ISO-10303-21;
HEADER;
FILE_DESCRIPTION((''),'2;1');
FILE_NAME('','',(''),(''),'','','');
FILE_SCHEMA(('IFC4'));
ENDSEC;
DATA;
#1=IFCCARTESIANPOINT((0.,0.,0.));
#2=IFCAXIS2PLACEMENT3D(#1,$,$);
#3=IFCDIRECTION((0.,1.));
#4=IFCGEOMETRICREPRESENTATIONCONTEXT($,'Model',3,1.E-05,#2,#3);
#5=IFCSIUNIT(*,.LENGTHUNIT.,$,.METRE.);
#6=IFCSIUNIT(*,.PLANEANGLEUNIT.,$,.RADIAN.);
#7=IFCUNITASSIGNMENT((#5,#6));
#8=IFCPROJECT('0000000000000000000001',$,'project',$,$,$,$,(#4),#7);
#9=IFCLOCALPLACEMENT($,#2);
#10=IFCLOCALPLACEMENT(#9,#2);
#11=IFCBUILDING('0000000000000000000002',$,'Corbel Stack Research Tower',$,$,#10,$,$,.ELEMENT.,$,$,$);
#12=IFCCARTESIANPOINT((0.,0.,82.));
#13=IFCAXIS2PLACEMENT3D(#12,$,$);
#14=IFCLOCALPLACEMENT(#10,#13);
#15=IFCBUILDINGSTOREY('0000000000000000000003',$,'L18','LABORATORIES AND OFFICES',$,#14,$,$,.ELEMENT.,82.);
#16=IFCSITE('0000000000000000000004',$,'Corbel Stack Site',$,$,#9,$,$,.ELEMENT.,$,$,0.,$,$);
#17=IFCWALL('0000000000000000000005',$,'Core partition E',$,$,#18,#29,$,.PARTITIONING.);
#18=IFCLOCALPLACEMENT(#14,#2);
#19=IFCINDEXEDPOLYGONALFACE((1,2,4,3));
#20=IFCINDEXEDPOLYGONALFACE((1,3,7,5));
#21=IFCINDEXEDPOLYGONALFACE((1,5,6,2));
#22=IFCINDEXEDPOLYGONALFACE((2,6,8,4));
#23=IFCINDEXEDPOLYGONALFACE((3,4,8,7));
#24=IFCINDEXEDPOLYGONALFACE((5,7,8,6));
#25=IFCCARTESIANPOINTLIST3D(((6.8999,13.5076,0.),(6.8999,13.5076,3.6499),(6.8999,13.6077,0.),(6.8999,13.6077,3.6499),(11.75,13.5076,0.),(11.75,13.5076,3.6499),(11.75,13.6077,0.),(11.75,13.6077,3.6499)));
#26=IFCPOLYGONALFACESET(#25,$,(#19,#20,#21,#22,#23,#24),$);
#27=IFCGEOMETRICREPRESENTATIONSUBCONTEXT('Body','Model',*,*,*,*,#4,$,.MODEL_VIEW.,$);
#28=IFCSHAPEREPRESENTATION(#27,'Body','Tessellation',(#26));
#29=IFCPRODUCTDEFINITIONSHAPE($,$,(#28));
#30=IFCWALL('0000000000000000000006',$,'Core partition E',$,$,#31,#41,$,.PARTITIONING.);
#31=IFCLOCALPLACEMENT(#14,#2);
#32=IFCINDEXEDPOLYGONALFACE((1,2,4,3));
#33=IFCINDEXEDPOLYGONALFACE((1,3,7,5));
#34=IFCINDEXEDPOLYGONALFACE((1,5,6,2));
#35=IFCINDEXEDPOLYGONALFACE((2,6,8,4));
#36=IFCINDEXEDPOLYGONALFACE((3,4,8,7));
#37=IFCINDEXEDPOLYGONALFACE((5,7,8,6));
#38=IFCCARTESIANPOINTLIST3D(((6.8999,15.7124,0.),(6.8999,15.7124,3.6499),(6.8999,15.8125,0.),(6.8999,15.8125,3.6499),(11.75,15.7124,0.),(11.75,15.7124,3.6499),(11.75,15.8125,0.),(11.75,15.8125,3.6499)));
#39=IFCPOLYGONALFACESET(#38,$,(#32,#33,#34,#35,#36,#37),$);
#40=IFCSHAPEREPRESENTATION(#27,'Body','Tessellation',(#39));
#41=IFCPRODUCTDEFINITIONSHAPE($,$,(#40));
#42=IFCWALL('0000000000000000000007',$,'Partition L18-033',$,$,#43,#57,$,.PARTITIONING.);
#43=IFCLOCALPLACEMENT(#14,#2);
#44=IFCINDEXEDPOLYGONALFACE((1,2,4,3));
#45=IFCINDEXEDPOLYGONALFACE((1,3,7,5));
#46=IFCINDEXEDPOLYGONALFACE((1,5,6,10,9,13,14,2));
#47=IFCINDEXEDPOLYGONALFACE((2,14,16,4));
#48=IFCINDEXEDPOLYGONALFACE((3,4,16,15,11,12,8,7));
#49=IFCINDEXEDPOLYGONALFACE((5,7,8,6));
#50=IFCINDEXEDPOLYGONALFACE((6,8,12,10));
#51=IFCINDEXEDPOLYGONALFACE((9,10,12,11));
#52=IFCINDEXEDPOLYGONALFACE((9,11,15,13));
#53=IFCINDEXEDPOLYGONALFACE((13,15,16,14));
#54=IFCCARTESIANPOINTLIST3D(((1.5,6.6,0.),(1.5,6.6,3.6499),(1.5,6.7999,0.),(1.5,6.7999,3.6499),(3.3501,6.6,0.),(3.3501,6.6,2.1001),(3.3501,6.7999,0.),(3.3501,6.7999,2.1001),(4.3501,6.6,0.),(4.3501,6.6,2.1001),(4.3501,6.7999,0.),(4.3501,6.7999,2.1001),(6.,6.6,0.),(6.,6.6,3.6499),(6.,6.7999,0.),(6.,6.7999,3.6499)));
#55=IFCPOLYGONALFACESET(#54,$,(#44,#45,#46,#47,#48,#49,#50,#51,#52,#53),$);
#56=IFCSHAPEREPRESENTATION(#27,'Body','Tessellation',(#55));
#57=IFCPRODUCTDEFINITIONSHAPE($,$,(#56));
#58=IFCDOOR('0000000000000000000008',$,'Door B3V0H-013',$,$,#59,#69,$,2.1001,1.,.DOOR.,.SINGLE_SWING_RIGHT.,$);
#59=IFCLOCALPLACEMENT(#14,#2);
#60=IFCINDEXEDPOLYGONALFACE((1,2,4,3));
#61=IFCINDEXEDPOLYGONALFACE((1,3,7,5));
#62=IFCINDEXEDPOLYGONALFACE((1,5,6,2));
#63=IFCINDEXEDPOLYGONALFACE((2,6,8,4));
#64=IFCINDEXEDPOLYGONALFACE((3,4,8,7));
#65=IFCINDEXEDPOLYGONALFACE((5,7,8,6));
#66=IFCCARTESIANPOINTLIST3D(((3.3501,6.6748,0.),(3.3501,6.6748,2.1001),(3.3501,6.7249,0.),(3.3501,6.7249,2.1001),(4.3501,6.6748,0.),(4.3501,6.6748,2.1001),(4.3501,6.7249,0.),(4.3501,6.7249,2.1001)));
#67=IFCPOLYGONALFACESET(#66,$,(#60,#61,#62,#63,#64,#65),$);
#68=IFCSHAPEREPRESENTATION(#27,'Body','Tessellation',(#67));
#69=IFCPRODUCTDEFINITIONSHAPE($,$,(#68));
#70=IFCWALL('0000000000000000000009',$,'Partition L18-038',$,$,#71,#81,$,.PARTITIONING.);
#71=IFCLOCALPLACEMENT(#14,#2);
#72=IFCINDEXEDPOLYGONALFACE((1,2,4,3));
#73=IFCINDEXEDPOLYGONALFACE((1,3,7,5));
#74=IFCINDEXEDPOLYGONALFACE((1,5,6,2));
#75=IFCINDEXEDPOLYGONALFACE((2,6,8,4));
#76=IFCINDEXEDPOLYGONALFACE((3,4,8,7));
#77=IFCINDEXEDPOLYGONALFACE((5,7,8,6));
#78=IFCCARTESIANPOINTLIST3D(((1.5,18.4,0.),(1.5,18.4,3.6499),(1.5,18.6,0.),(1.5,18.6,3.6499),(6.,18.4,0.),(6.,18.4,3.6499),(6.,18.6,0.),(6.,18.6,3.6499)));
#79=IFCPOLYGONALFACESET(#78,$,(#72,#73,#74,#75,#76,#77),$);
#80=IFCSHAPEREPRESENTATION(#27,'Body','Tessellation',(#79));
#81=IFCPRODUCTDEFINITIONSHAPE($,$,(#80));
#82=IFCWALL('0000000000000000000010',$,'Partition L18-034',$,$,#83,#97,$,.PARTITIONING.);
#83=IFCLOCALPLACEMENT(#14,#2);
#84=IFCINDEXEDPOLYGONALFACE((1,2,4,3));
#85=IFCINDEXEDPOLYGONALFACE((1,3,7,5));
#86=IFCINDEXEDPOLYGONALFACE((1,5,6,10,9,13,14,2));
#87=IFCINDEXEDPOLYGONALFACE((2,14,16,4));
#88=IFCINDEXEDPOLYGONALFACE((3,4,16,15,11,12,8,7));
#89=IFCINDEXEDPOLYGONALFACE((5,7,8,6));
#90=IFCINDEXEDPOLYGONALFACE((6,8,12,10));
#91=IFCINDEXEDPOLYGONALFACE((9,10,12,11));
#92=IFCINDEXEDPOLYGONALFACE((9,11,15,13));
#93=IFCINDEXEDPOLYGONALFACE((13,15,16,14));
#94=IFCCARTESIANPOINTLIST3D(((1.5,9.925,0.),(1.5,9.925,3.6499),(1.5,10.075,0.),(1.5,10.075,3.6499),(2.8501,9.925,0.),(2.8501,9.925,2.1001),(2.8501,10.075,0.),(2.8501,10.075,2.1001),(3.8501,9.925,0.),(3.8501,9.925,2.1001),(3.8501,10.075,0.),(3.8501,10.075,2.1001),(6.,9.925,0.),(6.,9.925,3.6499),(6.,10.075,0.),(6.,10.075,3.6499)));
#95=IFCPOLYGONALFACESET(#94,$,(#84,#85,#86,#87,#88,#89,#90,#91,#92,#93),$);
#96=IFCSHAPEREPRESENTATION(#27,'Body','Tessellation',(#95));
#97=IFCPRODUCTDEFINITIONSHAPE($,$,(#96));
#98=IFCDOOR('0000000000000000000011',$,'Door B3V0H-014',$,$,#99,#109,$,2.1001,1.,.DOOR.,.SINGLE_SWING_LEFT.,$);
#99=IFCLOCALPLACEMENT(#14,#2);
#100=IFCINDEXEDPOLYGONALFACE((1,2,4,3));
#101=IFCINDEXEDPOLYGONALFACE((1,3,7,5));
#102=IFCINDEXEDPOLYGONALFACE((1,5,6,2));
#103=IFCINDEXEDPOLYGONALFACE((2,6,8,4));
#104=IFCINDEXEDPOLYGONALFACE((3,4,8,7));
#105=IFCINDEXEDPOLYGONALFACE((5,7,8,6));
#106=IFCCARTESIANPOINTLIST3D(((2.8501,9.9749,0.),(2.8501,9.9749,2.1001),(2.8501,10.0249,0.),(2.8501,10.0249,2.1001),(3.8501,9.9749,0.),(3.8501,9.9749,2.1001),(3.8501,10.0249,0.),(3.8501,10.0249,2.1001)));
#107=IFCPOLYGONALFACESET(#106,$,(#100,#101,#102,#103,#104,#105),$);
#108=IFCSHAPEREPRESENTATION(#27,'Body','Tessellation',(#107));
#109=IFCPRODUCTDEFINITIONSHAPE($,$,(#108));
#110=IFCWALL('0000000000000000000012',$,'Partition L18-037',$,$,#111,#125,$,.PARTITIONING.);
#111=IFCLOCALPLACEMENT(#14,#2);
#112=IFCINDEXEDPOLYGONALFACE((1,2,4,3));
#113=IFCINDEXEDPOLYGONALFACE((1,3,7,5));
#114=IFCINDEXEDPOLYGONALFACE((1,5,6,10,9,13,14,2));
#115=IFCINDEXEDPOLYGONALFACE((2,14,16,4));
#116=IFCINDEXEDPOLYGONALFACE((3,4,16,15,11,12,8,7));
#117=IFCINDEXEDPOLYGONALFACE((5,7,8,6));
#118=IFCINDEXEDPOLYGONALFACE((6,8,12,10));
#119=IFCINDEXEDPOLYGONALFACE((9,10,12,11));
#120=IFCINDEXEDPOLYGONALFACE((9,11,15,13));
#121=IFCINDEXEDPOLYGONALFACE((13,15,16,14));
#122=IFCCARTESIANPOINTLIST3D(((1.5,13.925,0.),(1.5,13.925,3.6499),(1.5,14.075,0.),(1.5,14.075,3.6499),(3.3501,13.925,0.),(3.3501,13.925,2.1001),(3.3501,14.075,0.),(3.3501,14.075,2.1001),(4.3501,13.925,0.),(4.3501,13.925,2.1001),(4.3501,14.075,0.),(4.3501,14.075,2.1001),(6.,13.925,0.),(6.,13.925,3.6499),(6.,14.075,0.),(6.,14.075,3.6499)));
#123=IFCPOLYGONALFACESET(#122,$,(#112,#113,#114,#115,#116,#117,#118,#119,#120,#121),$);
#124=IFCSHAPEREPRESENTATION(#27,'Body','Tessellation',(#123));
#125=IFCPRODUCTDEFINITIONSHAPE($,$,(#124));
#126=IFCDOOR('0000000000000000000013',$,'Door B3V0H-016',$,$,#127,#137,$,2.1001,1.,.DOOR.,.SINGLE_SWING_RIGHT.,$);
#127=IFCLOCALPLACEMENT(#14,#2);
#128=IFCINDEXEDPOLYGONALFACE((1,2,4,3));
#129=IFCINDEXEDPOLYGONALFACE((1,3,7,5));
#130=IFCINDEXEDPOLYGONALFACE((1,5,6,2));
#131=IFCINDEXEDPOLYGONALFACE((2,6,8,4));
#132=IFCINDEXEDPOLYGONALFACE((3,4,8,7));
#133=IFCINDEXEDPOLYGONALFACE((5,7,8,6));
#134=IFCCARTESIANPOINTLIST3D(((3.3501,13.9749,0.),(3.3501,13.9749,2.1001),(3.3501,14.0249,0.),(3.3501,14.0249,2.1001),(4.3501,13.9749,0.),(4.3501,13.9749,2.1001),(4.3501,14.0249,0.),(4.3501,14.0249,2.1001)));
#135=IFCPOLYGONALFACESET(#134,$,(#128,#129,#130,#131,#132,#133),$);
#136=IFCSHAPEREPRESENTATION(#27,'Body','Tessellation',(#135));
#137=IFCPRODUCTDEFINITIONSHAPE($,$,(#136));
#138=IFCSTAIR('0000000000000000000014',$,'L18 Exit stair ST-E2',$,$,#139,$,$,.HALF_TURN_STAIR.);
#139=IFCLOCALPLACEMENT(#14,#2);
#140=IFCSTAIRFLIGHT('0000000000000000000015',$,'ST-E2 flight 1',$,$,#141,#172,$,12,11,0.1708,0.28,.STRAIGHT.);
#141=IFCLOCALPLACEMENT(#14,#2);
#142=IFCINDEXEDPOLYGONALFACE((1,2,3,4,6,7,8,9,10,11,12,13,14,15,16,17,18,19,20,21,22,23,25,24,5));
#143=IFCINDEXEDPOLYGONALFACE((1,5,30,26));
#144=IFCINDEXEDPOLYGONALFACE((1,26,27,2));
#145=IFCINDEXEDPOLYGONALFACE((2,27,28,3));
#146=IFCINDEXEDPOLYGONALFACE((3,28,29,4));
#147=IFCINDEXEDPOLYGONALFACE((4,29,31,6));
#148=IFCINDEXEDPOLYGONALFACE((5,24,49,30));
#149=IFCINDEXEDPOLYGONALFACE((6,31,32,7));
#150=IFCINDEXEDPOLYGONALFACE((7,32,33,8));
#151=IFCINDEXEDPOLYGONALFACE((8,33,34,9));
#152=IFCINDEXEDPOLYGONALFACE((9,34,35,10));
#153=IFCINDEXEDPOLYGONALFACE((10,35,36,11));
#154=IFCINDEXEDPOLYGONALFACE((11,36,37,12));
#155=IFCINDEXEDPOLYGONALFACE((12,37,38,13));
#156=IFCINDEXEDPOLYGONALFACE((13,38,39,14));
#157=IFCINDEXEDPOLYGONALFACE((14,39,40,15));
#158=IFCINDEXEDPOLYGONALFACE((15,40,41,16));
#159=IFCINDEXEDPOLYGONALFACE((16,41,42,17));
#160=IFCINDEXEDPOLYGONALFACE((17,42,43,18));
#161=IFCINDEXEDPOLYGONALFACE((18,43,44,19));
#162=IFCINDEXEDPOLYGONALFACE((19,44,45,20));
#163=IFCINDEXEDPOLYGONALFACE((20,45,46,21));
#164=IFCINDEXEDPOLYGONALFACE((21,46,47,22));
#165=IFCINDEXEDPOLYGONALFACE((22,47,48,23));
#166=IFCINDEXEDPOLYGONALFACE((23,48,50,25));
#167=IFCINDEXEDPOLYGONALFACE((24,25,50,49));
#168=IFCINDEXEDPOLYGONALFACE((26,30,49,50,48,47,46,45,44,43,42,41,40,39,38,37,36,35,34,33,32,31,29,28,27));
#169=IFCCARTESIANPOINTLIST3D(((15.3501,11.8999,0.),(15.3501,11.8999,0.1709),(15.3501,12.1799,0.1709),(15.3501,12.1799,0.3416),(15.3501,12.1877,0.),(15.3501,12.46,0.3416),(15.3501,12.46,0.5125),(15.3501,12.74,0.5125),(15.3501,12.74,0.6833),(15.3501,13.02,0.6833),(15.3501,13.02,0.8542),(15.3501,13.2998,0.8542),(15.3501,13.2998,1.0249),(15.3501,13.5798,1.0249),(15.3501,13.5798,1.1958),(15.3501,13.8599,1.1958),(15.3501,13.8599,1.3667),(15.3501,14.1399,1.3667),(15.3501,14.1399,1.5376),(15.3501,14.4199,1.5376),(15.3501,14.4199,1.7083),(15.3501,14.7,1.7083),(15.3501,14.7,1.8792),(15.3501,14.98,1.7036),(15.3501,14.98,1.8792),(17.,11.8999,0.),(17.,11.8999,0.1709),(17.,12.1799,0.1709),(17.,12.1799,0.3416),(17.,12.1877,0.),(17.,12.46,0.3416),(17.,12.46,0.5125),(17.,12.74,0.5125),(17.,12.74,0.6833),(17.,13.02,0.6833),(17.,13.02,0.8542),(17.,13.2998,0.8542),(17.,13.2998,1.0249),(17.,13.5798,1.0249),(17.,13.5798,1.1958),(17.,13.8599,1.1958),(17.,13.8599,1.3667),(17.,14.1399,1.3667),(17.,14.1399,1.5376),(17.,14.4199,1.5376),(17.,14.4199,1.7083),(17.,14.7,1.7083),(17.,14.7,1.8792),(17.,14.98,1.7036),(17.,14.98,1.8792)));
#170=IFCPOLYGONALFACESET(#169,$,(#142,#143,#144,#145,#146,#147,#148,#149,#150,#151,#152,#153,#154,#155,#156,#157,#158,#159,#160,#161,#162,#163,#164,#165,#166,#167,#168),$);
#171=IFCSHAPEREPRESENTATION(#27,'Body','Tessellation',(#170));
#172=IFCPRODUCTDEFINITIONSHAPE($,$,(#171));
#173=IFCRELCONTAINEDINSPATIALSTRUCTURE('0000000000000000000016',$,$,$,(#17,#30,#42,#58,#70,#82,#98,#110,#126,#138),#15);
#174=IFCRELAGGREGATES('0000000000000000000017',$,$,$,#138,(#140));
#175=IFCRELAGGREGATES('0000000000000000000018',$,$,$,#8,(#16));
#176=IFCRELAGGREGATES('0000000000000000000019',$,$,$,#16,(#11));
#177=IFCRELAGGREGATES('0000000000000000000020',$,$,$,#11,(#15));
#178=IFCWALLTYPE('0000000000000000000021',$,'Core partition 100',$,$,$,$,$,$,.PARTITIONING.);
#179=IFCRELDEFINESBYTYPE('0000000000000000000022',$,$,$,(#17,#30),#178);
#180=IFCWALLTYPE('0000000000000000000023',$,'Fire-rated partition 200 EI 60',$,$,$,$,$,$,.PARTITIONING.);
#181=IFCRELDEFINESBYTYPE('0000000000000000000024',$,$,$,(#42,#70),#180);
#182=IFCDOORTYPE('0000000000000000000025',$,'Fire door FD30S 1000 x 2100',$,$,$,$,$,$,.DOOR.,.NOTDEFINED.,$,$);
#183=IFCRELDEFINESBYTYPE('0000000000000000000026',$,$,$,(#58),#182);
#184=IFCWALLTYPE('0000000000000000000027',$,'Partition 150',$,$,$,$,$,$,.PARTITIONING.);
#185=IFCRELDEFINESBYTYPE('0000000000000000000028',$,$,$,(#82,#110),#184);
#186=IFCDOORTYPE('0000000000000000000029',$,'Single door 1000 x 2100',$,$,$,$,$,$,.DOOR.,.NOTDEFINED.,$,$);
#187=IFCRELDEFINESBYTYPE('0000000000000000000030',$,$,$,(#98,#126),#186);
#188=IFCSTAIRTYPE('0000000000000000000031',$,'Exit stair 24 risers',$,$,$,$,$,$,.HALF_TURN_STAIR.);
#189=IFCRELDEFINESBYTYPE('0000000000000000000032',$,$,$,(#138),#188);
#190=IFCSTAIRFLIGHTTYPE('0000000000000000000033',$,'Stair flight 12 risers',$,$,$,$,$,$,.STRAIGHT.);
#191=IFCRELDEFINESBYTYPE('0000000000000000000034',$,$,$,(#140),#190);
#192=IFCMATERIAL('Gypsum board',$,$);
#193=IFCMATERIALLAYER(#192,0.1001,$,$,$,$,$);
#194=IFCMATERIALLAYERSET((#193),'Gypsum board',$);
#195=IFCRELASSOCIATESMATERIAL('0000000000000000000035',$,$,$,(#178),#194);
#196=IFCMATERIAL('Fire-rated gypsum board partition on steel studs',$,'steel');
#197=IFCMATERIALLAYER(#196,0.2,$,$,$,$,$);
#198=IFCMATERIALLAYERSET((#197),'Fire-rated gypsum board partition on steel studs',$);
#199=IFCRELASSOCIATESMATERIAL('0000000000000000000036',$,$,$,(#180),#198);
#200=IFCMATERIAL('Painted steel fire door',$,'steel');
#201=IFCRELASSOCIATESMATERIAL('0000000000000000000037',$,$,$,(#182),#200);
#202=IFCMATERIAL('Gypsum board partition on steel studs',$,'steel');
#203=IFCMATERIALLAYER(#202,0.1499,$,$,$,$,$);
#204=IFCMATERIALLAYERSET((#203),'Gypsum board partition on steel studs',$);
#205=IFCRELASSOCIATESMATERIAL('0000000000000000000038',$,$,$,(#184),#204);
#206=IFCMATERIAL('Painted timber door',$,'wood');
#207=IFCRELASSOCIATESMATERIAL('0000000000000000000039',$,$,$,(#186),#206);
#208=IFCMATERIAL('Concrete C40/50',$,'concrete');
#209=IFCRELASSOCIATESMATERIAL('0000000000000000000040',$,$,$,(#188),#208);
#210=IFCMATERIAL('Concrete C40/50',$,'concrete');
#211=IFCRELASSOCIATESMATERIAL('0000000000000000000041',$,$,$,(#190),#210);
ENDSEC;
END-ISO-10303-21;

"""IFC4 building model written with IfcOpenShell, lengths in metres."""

from ifc_helpers import new_model, si_unit, direction, frame, frame_2d, origin, place, context, subcontext, project, spatial, polyline, rectangle, outline, extrude, material, layer, layer_set, type_object, element, fill, aggregate, save


model = new_model("IFC4")

# Units and contexts
model_context = context("Model", 3, precision=1e-05, world=origin(), true_north=direction((0.0, 1.0)))
body_context = subcontext(model_context, "Body", "Model", "MODEL_VIEW")
ifc_project = project(units=[si_unit("LENGTHUNIT", "METRE"), si_unit("PLANEANGLEUNIT", "RADIAN")], contexts=[model_context])

# Site, building, storey
site_placement = place(None, origin())
site = spatial("IfcSite", under=ifc_project, at=site_placement, Name="Corbel Stack Site", CompositionType="ELEMENT", RefElevation=0.0)
building_placement = place(site_placement, origin())
building = spatial("IfcBuilding", under=site, at=building_placement, Name="Corbel Stack Research Tower", CompositionType="ELEMENT")
storey_placement = place(building_placement, frame((0.0, 0.0, 82.0)))
storey = spatial("IfcBuildingStorey", under=building, at=storey_placement, Name="L18", Description="LABORATORIES AND OFFICES", CompositionType="ELEMENT", Elevation=82.0)

# Walls
ifc_material_1 = material(Name="Gypsum board")
ifc_layer_1 = layer(ifc_material_1, 0.1001)
ifc_layer_set_1 = layer_set([ifc_layer_1], Name="Gypsum board")
wall_type_1 = type_object("IfcWallType", Name="Core partition 100", PredefinedType="PARTITIONING", material=ifc_layer_set_1)
for number, where, z_axis, x_axis, name in (
    (1, (6.8999, 13.5576, 0.0), (0.0, 0.0, 1.0), (1.0, 0.0, 0.0), "Core partition E"),
    (2, (6.8999, 15.7625, 0.0), (0.0, 0.0, 1.0), (1.0, 0.0, 0.0), "Core partition E"),
):
    element("IfcWall", number, at=place(storey_placement, frame(where, z_axis=z_axis, x_axis=x_axis)), inside=storey, type_object=wall_type_1, Name=name, PredefinedType="PARTITIONING", context=body_context, shape_type="SweptSolid", body=[
        extrude(rectangle(XDim=4.8501, YDim=0.1001, at=frame_2d((2.425, 0.0))), origin(), (0.0, 0.0, 1.0), 3.6499),
    ])

# Wall, opening, door
ifc_material_2 = material(Name="Fire-rated gypsum board partition on steel studs", Category="steel")
ifc_layer_2 = layer(ifc_material_2, 0.2)
ifc_layer_set_2 = layer_set([ifc_layer_2], Name="Fire-rated gypsum board partition on steel studs")
wall_type_2 = type_object("IfcWallType", Name="Fire-rated partition 200 EI 60", PredefinedType="PARTITIONING", material=ifc_layer_set_2)
wall_1_placement = place(storey_placement, frame((1.5, 6.7, 0.0), z_axis=(0.0, 0.0, 1.0), x_axis=(1.0, 0.0, 0.0)))
wall_1 = element("IfcWall", 3, at=wall_1_placement, inside=storey, type_object=wall_type_2, Name="Partition L18-033", PredefinedType="PARTITIONING", context=body_context, shape_type="SweptSolid", body=[
    extrude(rectangle(XDim=4.5, YDim=0.2, at=frame_2d((2.25, 0.0))), origin(), (0.0, 0.0, 1.0), 3.6499),
])
opening_1_placement = place(wall_1_placement, frame((1.8501, 0.0, 0.0)))
opening_1 = element("IfcOpeningElement", 4, at=opening_1_placement, cuts=wall_1, PredefinedType="OPENING", context=body_context, shape_type="SweptSolid", body=[
    extrude(rectangle(XDim=1.0, YDim=2.1001, at=frame_2d((0.5, 1.05))), frame((0.0, 0.1099, 0.0), z_axis=(0.0, -1.0, 0.0), x_axis=(1.0, 0.0, 0.0)), (0.0, 0.0, 1.0), 0.22),
])
ifc_material_3 = material(Name="Painted steel fire door", Category="steel")
door_type_1 = type_object("IfcDoorType", Name="Fire door FD30S 1000 x 2100", OperationType="NOTDEFINED", PredefinedType="DOOR", material=ifc_material_3)
door_1_placement = place(opening_1_placement, origin())
door_1 = element("IfcDoor", 5, at=door_1_placement, inside=storey, type_object=door_type_1, Name="Door B3V0H-013", OperationType="SINGLE_SWING_RIGHT", OverallHeight=2.1001, OverallWidth=1.0, PredefinedType="DOOR", context=body_context, shape_type="SweptSolid", body=[
    extrude(rectangle(XDim=1.0, YDim=2.1001, at=frame_2d((0.5, 1.05))), frame((0.0, 0.0249, 0.0), z_axis=(0.0, -1.0, 0.0), x_axis=(1.0, 0.0, 0.0)), (0.0, 0.0, 1.0), 0.05),
])
fill(opening_1, door_1)

# Wall
wall_2_placement = place(storey_placement, frame((1.5, 18.5, 0.0), z_axis=(0.0, 0.0, 1.0), x_axis=(1.0, 0.0, 0.0)))
element("IfcWall", 6, at=wall_2_placement, inside=storey, type_object=wall_type_2, Name="Partition L18-038", PredefinedType="PARTITIONING", context=body_context, shape_type="SweptSolid", body=[
    extrude(rectangle(XDim=4.5, YDim=0.2, at=frame_2d((2.25, 0.0))), origin(), (0.0, 0.0, 1.0), 3.6499),
])

# Walls, openings, doors
ifc_material_4 = material(Name="Gypsum board partition on steel studs", Category="steel")
ifc_layer_3 = layer(ifc_material_4, 0.1499)
ifc_layer_set_3 = layer_set([ifc_layer_3], Name="Gypsum board partition on steel studs")
wall_type_3 = type_object("IfcWallType", Name="Partition 150", PredefinedType="PARTITIONING", material=ifc_layer_set_3)
wall_3_placement = place(storey_placement, frame((1.5, 10.0, 0.0), z_axis=(0.0, 0.0, 1.0), x_axis=(1.0, 0.0, 0.0)))
wall_3 = element("IfcWall", 7, at=wall_3_placement, inside=storey, type_object=wall_type_3, Name="Partition L18-034", PredefinedType="PARTITIONING", context=body_context, shape_type="SweptSolid", body=[
    extrude(rectangle(XDim=4.5, YDim=0.1499, at=frame_2d((2.25, 0.0))), origin(), (0.0, 0.0, 1.0), 3.6499),
])
opening_2_placement = place(wall_3_placement, frame((1.3501, 0.0, 0.0)))
opening_2 = element("IfcOpeningElement", 8, at=opening_2_placement, cuts=wall_3, PredefinedType="OPENING", context=body_context, shape_type="SweptSolid", body=[
    extrude(rectangle(XDim=1.0, YDim=2.1001, at=frame_2d((0.5, 1.05))), frame((0.0, 0.085, 0.0), z_axis=(0.0, -1.0, 0.0), x_axis=(1.0, 0.0, 0.0)), (0.0, 0.0, 1.0), 0.1699),
])
ifc_material_5 = material(Name="Painted timber door", Category="wood")
door_type_2 = type_object("IfcDoorType", Name="Single door 1000 x 2100", OperationType="NOTDEFINED", PredefinedType="DOOR", material=ifc_material_5)
door_2_placement = place(opening_2_placement, origin())
door_2 = element("IfcDoor", 9, at=door_2_placement, inside=storey, type_object=door_type_2, Name="Door B3V0H-014", OperationType="SINGLE_SWING_LEFT", OverallHeight=2.1001, OverallWidth=1.0, PredefinedType="DOOR", context=body_context, shape_type="SweptSolid", body=[
    extrude(rectangle(XDim=1.0, YDim=2.1001, at=frame_2d((0.5, 1.05))), frame((0.0, 0.0249, 0.0), z_axis=(0.0, -1.0, 0.0), x_axis=(1.0, 0.0, 0.0)), (0.0, 0.0, 1.0), 0.05),
])
fill(opening_2, door_2)
wall_4_placement = place(storey_placement, frame((1.5, 14.0, 0.0), z_axis=(0.0, 0.0, 1.0), x_axis=(1.0, 0.0, 0.0)))
wall_4 = element("IfcWall", 10, at=wall_4_placement, inside=storey, type_object=wall_type_3, Name="Partition L18-037", PredefinedType="PARTITIONING", context=body_context, shape_type="SweptSolid", body=[
    extrude(rectangle(XDim=4.5, YDim=0.1499, at=frame_2d((2.25, 0.0))), origin(), (0.0, 0.0, 1.0), 3.6499),
])
opening_3_placement = place(wall_4_placement, frame((1.8501, 0.0, 0.0)))
opening_3 = element("IfcOpeningElement", 11, at=opening_3_placement, cuts=wall_4, PredefinedType="OPENING", context=body_context, shape_type="SweptSolid", body=[
    extrude(rectangle(XDim=1.0, YDim=2.1001, at=frame_2d((0.5, 1.05))), frame((0.0, 0.085, 0.0), z_axis=(0.0, -1.0, 0.0), x_axis=(1.0, 0.0, 0.0)), (0.0, 0.0, 1.0), 0.1699),
])
door_3_placement = place(opening_3_placement, origin())
door_3 = element("IfcDoor", 12, at=door_3_placement, inside=storey, type_object=door_type_2, Name="Door B3V0H-016", OperationType="SINGLE_SWING_RIGHT", OverallHeight=2.1001, OverallWidth=1.0, PredefinedType="DOOR", context=body_context, shape_type="SweptSolid", body=[
    extrude(rectangle(XDim=1.0, YDim=2.1001, at=frame_2d((0.5, 1.05))), frame((0.0, 0.0249, 0.0), z_axis=(0.0, -1.0, 0.0), x_axis=(1.0, 0.0, 0.0)), (0.0, 0.0, 1.0), 0.05),
])
fill(opening_3, door_3)

# Stair, stair flight
ifc_material_6 = material(Name="Concrete C40/50", Category="concrete")
stair_type = type_object("IfcStairType", Name="Exit stair 24 risers", PredefinedType="HALF_TURN_STAIR", material=ifc_material_6)
stair_placement = place(storey_placement, origin())
stair = element("IfcStair", 13, at=stair_placement, inside=storey, type_object=stair_type, Name="L18 Exit stair ST-E2", PredefinedType="HALF_TURN_STAIR")
ifc_material_7 = material(Name="Concrete C40/50", Category="concrete")
stair_flight_type = type_object("IfcStairFlightType", Name="Stair flight 12 risers", PredefinedType="STRAIGHT", material=ifc_material_7)
stair_flight_1_placement = place(storey_placement, frame((16.175, 11.8999, 0.0), z_axis=(0.0, 0.0, 1.0), x_axis=(0.0, 1.0, 0.0)))
stair_flight_1 = element("IfcStairFlight", 14, at=stair_flight_1_placement, type_object=stair_flight_type, Name="ST-E2 flight 1", NumberOfRisers=12, NumberOfTreads=11, PredefinedType="STRAIGHT", RiserHeight=0.1708, TreadLength=0.28, context=body_context, shape_type="SweptSolid", body=[
    extrude(outline(polyline([(0.0, 0.0), (0.0, 0.1709), (0.28, 0.1709), (0.28, 0.3416), (0.5601, 0.3416), (0.5601, 0.5125), (0.8401, 0.5125), (0.8401, 0.6833), (1.1201, 0.6833), (1.1201, 0.8542), (1.3999, 0.8542), (1.3999, 1.0249), (1.6799, 1.0249), (1.6799, 1.1958), (1.96, 1.1958), (1.96, 1.3667), (2.24, 1.3667), (2.24, 1.5376), (2.52, 1.5376), (2.52, 1.7083), (2.8, 1.7083), (2.8, 1.8792), (3.0801, 1.8792), (3.0801, 2.05), (3.0801, 1.7036), (0.2878, 0.0), (0.0, 0.0)])), frame((0.0, 0.825, 0.0), z_axis=(0.0, -1.0, 0.0), x_axis=(1.0, 0.0, 0.0)), (0.0, 0.0, 1.0), 1.6499),
])
aggregate(stair, [stair_flight_1])

save(model, "model.ifc")
